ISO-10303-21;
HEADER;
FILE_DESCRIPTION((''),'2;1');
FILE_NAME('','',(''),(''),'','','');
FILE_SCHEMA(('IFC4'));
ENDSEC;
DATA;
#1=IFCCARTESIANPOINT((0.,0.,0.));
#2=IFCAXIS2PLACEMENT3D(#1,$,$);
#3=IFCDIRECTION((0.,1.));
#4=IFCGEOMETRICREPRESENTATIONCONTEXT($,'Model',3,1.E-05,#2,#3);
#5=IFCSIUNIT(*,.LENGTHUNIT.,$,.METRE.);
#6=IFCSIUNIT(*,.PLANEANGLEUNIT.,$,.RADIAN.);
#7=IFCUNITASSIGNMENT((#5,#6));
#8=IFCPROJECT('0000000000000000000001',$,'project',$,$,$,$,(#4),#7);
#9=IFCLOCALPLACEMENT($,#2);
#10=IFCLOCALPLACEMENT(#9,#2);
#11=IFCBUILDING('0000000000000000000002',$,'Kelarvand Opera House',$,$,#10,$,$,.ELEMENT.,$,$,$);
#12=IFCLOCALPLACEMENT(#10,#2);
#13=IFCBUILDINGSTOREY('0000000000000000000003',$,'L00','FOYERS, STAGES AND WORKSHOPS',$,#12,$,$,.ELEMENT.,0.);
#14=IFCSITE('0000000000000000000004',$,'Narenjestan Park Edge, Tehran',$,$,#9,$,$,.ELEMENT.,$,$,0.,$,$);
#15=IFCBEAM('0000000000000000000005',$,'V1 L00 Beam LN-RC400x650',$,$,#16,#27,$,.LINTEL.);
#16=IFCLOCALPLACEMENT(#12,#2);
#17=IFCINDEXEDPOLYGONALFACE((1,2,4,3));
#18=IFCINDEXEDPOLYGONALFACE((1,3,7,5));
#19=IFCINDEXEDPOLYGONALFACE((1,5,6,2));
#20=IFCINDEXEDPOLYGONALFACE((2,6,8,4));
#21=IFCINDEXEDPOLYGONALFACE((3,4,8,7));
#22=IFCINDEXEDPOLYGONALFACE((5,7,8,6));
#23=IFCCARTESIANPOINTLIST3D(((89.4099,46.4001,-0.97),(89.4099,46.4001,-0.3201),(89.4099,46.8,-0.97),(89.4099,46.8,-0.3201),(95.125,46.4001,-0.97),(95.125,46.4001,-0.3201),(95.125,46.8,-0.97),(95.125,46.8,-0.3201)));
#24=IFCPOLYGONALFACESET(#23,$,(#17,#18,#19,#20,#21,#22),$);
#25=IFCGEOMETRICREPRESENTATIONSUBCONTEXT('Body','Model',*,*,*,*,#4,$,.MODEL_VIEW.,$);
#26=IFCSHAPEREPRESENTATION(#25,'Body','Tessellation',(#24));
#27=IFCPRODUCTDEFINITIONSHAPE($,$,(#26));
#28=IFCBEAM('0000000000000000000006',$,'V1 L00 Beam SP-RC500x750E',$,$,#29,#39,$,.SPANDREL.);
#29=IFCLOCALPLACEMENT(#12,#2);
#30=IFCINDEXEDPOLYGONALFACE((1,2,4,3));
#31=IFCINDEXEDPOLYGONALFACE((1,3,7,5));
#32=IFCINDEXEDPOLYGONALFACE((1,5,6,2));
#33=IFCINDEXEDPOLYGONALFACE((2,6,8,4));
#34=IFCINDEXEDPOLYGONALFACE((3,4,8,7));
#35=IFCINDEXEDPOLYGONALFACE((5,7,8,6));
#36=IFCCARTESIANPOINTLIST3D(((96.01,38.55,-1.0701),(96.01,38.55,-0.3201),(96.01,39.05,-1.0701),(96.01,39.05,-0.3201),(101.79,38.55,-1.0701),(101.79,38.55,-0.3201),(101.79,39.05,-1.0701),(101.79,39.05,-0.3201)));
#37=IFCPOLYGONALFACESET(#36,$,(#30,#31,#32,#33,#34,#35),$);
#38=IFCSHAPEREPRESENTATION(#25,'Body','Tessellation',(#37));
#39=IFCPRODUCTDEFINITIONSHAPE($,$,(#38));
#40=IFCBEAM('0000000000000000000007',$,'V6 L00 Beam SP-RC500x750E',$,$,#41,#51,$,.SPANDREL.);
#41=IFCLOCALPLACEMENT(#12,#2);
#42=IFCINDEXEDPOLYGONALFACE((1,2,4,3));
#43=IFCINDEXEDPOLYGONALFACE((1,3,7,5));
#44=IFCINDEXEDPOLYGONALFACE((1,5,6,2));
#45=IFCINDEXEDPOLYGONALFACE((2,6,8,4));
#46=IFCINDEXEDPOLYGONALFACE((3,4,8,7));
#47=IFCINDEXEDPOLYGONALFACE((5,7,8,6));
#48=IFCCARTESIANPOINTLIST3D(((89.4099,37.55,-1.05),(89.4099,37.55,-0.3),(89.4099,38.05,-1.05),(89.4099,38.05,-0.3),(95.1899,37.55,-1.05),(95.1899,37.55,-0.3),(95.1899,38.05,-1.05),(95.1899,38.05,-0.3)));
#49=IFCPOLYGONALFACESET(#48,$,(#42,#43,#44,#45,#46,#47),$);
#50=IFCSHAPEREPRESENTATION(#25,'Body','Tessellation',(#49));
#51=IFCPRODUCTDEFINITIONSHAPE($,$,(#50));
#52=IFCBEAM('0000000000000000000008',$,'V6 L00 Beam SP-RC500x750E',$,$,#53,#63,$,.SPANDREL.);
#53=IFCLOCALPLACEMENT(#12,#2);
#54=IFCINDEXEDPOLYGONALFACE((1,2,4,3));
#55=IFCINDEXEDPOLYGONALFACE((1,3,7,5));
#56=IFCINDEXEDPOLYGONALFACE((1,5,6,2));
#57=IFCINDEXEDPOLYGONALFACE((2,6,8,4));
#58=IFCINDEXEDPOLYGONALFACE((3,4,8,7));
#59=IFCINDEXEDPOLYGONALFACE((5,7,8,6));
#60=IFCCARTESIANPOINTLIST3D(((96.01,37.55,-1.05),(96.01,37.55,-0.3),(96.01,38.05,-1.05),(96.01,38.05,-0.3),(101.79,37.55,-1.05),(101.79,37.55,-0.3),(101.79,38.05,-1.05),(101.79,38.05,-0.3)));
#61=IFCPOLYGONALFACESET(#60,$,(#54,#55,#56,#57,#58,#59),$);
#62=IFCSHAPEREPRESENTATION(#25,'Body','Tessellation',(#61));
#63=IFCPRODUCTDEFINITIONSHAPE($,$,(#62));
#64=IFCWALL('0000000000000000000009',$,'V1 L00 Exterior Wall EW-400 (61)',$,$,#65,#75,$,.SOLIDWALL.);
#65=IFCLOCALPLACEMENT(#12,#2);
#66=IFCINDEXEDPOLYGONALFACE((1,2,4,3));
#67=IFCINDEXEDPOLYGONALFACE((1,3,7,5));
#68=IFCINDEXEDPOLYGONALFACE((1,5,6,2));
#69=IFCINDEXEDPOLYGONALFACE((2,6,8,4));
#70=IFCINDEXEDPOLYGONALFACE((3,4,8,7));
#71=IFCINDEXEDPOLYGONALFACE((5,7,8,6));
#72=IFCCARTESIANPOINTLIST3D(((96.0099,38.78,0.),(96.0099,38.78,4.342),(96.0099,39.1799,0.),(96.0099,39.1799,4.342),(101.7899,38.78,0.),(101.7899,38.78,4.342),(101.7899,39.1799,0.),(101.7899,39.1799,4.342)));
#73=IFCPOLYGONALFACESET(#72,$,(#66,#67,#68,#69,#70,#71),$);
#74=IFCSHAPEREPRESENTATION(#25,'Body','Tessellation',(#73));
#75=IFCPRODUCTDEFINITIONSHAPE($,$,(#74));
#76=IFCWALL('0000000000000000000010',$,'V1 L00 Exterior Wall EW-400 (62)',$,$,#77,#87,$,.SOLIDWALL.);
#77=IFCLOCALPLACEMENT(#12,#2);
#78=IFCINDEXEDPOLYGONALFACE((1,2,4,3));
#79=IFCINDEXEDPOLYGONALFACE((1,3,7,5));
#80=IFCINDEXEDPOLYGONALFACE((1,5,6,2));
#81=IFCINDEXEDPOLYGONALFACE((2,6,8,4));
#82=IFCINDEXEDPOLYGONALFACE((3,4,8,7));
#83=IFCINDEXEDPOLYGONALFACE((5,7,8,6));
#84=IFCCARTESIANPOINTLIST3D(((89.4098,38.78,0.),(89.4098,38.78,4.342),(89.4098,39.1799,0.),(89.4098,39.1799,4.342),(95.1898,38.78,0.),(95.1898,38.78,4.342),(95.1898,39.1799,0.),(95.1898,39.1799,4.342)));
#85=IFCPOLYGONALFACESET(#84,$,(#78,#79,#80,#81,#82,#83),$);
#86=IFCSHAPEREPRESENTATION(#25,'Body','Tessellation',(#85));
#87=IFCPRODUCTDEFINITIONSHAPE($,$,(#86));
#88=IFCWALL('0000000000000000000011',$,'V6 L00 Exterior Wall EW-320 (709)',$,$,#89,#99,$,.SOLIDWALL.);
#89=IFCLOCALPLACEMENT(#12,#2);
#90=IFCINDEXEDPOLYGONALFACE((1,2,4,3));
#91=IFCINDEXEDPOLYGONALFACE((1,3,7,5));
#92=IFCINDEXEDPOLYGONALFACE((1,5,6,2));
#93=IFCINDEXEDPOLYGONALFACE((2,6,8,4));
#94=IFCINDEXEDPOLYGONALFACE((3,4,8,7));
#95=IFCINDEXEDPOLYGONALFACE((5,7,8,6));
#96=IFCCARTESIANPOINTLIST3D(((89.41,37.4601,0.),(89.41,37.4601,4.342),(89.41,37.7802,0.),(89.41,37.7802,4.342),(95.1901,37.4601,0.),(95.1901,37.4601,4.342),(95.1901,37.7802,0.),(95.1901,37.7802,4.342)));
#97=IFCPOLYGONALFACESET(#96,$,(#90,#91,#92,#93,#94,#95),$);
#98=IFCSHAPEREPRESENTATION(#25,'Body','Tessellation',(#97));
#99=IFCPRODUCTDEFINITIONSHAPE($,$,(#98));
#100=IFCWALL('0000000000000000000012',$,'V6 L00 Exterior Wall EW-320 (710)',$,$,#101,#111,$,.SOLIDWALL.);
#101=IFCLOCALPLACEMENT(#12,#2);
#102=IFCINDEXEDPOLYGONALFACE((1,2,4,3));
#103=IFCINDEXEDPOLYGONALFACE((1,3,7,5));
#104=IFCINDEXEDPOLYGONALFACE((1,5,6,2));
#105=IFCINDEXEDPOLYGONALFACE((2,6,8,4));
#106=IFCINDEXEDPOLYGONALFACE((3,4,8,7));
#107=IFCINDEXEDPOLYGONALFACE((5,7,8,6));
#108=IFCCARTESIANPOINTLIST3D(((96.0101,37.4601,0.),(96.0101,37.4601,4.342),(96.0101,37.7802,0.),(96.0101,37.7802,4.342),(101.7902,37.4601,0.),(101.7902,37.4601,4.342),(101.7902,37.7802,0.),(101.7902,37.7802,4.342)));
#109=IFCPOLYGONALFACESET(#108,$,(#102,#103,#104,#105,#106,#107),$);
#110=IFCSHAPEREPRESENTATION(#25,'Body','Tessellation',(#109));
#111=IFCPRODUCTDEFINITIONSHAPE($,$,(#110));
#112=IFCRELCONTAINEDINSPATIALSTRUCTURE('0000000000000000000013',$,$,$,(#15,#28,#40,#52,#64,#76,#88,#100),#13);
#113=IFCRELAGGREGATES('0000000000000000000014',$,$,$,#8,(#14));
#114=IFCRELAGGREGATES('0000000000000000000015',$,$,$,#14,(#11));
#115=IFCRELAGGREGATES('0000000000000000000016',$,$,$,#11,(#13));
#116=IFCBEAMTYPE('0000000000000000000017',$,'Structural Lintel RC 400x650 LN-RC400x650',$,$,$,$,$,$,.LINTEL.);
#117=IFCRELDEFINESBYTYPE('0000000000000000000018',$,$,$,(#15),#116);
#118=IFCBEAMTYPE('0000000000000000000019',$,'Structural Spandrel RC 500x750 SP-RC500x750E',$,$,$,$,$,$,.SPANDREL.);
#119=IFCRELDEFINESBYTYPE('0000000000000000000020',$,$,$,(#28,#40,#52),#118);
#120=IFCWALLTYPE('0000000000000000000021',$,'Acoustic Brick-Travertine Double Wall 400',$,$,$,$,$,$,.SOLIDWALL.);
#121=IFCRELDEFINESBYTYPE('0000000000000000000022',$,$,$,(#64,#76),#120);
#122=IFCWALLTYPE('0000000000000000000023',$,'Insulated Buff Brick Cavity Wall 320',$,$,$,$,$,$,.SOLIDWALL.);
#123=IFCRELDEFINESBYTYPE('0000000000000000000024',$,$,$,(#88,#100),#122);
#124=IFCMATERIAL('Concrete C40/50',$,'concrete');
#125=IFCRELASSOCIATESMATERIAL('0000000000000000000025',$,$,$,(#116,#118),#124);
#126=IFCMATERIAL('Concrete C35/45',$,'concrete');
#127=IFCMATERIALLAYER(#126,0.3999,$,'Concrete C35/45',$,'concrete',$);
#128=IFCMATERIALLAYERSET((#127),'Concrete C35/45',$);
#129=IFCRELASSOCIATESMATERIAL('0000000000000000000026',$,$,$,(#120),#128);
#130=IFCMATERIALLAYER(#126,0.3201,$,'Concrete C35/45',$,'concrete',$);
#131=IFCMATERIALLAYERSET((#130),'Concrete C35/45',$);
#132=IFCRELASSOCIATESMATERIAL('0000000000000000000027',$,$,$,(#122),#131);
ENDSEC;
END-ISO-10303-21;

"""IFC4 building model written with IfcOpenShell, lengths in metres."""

from ifc_helpers import new_model, si_unit, direction, frame, frame_2d, origin, origin_2d, place, context, subcontext, project, spatial, rectangle, extrude, material, layer, layer_set, material_profile, profile_set, type_object, element, save


model = new_model("IFC4")

# Units and contexts
model_context = context("Model", 3, precision=1e-05, world=origin(), true_north=direction((0.0, 1.0)))
body_context = subcontext(model_context, "Body", "Model", "MODEL_VIEW")
ifc_project = project(units=[si_unit("LENGTHUNIT", "METRE"), si_unit("PLANEANGLEUNIT", "RADIAN")], contexts=[model_context])

# Site, building, storey
site_placement = place(None, origin())
site = spatial("IfcSite", under=ifc_project, at=site_placement, Name="Narenjestan Park Edge, Tehran", CompositionType="ELEMENT", RefElevation=0.0)
building_placement = place(site_placement, origin())
building = spatial("IfcBuilding", under=site, at=building_placement, Name="Kelarvand Opera House", CompositionType="ELEMENT")
storey_placement = place(building_placement, origin())
storey = spatial("IfcBuildingStorey", under=building, at=storey_placement, Name="L00", Description="FOYERS, STAGES AND WORKSHOPS", CompositionType="ELEMENT", Elevation=0.0)

# Shared definitions
ifc_material_1 = material(Name="Concrete C40/50", Category="concrete")

# Beams
ifc_material_profile_1 = material_profile(ifc_material_1, rectangle(XDim=0.3999, YDim=0.6499, at=origin_2d()), Name="RC 400x650", Category="concrete")
ifc_profile_set_1 = profile_set([ifc_material_profile_1], Name="Concrete C40/50")
beam_type_1 = type_object("IfcBeamType", Name="Structural Lintel RC 400x650 LN-RC400x650", PredefinedType="LINTEL", material=ifc_profile_set_1)
beam_1_placement = place(storey_placement, frame((89.4099, 46.6001, -0.645), z_axis=(1.0, 0.0, 0.0), x_axis=(0.0, 1.0, 0.0)))
element("IfcBeam", 1, at=beam_1_placement, inside=storey, type_object=beam_type_1, Name="V1 L00 Beam LN-RC400x650", PredefinedType="LINTEL", context=body_context, shape_type="SweptSolid", body=[
    extrude(rectangle(XDim=0.3999, YDim=0.6499, at=origin_2d()), origin(), (0.0, 0.0, 1.0), 5.7151),
])
ifc_material_profile_2 = material_profile(ifc_material_1, rectangle(XDim=0.5, YDim=0.75, at=origin_2d()), Name="RC 500x750", Category="concrete")
ifc_profile_set_2 = profile_set([ifc_material_profile_2], Name="Concrete C40/50")
beam_type_2 = type_object("IfcBeamType", Name="Structural Spandrel RC 500x750 SP-RC500x750E", PredefinedType="SPANDREL", material=ifc_profile_set_2)
for number, where, z_axis, x_axis, name in (
    (2, (96.01, 38.8, -0.6951), (1.0, 0.0, 0.0), (0.0, 1.0, 0.0), "V1 L00 Beam SP-RC500x750E"),
    (3, (89.4099, 37.8, -0.675), (1.0, 0.0, 0.0), (0.0, 1.0, 0.0), "V6 L00 Beam SP-RC500x750E"),
    (4, (96.01, 37.8, -0.675), (1.0, 0.0, 0.0), (0.0, 1.0, 0.0), "V6 L00 Beam SP-RC500x750E"),
):
    element("IfcBeam", number, at=place(storey_placement, frame(where, z_axis=z_axis, x_axis=x_axis)), inside=storey, type_object=beam_type_2, Name=name, PredefinedType="SPANDREL", context=body_context, shape_type="SweptSolid", body=[
        extrude(rectangle(XDim=0.5, YDim=0.75, at=origin_2d()), origin(), (0.0, 0.0, 1.0), 5.78),
    ])

# Walls
ifc_material_2 = material(Name="Concrete C35/45", Category="concrete")
ifc_layer_1 = layer(ifc_material_2, 0.3999, Name="Concrete C35/45", Category="concrete")
ifc_layer_set_1 = layer_set([ifc_layer_1], Name="Concrete C35/45")
wall_type_1 = type_object("IfcWallType", Name="Acoustic Brick-Travertine Double Wall 400", PredefinedType="SOLIDWALL", material=ifc_layer_set_1)
for number, where, z_axis, x_axis, name in (
    (5, (101.79, 38.98, 0.0), (0.0, 0.0, 1.0), (-1.0, 0.0, 0.0), "V1 L00 Exterior Wall EW-400 (61)"),
    (6, (95.1899, 38.98, 0.0), (0.0, 0.0, 1.0), (-1.0, 0.0, 0.0), "V1 L00 Exterior Wall EW-400 (62)"),
):
    element("IfcWall", number, at=place(storey_placement, frame(where, z_axis=z_axis, x_axis=x_axis)), inside=storey, type_object=wall_type_1, Name=name, PredefinedType="SOLIDWALL", context=body_context, shape_type="SweptSolid", body=[
        extrude(rectangle(XDim=5.78, YDim=0.3999, at=frame_2d((2.8901, 0.0))), origin(), (0.0, 0.0, 1.0), 4.342),
    ])
ifc_layer_2 = layer(ifc_material_2, 0.3201, Name="Concrete C35/45", Category="concrete")
ifc_layer_set_2 = layer_set([ifc_layer_2], Name="Concrete C35/45")
wall_type_2 = type_object("IfcWallType", Name="Insulated Buff Brick Cavity Wall 320", PredefinedType="SOLIDWALL", material=ifc_layer_set_2)
for number, where, z_axis, x_axis, name in (
    (7, (89.4099, 37.6201, 0.0), (0.0, 0.0, 1.0), (1.0, 0.0, 0.0), "V6 L00 Exterior Wall EW-320 (709)"),
    (8, (96.01, 37.6201, 0.0), (0.0, 0.0, 1.0), (1.0, 0.0, 0.0), "V6 L00 Exterior Wall EW-320 (710)"),
):
    element("IfcWall", number, at=place(storey_placement, frame(where, z_axis=z_axis, x_axis=x_axis)), inside=storey, type_object=wall_type_2, Name=name, PredefinedType="SOLIDWALL", context=body_context, shape_type="SweptSolid", body=[
        extrude(rectangle(XDim=5.78, YDim=0.3201, at=frame_2d((2.8901, 0.0))), origin(), (0.0, 0.0, 1.0), 4.342),
    ])

save(model, "model.ifc")
